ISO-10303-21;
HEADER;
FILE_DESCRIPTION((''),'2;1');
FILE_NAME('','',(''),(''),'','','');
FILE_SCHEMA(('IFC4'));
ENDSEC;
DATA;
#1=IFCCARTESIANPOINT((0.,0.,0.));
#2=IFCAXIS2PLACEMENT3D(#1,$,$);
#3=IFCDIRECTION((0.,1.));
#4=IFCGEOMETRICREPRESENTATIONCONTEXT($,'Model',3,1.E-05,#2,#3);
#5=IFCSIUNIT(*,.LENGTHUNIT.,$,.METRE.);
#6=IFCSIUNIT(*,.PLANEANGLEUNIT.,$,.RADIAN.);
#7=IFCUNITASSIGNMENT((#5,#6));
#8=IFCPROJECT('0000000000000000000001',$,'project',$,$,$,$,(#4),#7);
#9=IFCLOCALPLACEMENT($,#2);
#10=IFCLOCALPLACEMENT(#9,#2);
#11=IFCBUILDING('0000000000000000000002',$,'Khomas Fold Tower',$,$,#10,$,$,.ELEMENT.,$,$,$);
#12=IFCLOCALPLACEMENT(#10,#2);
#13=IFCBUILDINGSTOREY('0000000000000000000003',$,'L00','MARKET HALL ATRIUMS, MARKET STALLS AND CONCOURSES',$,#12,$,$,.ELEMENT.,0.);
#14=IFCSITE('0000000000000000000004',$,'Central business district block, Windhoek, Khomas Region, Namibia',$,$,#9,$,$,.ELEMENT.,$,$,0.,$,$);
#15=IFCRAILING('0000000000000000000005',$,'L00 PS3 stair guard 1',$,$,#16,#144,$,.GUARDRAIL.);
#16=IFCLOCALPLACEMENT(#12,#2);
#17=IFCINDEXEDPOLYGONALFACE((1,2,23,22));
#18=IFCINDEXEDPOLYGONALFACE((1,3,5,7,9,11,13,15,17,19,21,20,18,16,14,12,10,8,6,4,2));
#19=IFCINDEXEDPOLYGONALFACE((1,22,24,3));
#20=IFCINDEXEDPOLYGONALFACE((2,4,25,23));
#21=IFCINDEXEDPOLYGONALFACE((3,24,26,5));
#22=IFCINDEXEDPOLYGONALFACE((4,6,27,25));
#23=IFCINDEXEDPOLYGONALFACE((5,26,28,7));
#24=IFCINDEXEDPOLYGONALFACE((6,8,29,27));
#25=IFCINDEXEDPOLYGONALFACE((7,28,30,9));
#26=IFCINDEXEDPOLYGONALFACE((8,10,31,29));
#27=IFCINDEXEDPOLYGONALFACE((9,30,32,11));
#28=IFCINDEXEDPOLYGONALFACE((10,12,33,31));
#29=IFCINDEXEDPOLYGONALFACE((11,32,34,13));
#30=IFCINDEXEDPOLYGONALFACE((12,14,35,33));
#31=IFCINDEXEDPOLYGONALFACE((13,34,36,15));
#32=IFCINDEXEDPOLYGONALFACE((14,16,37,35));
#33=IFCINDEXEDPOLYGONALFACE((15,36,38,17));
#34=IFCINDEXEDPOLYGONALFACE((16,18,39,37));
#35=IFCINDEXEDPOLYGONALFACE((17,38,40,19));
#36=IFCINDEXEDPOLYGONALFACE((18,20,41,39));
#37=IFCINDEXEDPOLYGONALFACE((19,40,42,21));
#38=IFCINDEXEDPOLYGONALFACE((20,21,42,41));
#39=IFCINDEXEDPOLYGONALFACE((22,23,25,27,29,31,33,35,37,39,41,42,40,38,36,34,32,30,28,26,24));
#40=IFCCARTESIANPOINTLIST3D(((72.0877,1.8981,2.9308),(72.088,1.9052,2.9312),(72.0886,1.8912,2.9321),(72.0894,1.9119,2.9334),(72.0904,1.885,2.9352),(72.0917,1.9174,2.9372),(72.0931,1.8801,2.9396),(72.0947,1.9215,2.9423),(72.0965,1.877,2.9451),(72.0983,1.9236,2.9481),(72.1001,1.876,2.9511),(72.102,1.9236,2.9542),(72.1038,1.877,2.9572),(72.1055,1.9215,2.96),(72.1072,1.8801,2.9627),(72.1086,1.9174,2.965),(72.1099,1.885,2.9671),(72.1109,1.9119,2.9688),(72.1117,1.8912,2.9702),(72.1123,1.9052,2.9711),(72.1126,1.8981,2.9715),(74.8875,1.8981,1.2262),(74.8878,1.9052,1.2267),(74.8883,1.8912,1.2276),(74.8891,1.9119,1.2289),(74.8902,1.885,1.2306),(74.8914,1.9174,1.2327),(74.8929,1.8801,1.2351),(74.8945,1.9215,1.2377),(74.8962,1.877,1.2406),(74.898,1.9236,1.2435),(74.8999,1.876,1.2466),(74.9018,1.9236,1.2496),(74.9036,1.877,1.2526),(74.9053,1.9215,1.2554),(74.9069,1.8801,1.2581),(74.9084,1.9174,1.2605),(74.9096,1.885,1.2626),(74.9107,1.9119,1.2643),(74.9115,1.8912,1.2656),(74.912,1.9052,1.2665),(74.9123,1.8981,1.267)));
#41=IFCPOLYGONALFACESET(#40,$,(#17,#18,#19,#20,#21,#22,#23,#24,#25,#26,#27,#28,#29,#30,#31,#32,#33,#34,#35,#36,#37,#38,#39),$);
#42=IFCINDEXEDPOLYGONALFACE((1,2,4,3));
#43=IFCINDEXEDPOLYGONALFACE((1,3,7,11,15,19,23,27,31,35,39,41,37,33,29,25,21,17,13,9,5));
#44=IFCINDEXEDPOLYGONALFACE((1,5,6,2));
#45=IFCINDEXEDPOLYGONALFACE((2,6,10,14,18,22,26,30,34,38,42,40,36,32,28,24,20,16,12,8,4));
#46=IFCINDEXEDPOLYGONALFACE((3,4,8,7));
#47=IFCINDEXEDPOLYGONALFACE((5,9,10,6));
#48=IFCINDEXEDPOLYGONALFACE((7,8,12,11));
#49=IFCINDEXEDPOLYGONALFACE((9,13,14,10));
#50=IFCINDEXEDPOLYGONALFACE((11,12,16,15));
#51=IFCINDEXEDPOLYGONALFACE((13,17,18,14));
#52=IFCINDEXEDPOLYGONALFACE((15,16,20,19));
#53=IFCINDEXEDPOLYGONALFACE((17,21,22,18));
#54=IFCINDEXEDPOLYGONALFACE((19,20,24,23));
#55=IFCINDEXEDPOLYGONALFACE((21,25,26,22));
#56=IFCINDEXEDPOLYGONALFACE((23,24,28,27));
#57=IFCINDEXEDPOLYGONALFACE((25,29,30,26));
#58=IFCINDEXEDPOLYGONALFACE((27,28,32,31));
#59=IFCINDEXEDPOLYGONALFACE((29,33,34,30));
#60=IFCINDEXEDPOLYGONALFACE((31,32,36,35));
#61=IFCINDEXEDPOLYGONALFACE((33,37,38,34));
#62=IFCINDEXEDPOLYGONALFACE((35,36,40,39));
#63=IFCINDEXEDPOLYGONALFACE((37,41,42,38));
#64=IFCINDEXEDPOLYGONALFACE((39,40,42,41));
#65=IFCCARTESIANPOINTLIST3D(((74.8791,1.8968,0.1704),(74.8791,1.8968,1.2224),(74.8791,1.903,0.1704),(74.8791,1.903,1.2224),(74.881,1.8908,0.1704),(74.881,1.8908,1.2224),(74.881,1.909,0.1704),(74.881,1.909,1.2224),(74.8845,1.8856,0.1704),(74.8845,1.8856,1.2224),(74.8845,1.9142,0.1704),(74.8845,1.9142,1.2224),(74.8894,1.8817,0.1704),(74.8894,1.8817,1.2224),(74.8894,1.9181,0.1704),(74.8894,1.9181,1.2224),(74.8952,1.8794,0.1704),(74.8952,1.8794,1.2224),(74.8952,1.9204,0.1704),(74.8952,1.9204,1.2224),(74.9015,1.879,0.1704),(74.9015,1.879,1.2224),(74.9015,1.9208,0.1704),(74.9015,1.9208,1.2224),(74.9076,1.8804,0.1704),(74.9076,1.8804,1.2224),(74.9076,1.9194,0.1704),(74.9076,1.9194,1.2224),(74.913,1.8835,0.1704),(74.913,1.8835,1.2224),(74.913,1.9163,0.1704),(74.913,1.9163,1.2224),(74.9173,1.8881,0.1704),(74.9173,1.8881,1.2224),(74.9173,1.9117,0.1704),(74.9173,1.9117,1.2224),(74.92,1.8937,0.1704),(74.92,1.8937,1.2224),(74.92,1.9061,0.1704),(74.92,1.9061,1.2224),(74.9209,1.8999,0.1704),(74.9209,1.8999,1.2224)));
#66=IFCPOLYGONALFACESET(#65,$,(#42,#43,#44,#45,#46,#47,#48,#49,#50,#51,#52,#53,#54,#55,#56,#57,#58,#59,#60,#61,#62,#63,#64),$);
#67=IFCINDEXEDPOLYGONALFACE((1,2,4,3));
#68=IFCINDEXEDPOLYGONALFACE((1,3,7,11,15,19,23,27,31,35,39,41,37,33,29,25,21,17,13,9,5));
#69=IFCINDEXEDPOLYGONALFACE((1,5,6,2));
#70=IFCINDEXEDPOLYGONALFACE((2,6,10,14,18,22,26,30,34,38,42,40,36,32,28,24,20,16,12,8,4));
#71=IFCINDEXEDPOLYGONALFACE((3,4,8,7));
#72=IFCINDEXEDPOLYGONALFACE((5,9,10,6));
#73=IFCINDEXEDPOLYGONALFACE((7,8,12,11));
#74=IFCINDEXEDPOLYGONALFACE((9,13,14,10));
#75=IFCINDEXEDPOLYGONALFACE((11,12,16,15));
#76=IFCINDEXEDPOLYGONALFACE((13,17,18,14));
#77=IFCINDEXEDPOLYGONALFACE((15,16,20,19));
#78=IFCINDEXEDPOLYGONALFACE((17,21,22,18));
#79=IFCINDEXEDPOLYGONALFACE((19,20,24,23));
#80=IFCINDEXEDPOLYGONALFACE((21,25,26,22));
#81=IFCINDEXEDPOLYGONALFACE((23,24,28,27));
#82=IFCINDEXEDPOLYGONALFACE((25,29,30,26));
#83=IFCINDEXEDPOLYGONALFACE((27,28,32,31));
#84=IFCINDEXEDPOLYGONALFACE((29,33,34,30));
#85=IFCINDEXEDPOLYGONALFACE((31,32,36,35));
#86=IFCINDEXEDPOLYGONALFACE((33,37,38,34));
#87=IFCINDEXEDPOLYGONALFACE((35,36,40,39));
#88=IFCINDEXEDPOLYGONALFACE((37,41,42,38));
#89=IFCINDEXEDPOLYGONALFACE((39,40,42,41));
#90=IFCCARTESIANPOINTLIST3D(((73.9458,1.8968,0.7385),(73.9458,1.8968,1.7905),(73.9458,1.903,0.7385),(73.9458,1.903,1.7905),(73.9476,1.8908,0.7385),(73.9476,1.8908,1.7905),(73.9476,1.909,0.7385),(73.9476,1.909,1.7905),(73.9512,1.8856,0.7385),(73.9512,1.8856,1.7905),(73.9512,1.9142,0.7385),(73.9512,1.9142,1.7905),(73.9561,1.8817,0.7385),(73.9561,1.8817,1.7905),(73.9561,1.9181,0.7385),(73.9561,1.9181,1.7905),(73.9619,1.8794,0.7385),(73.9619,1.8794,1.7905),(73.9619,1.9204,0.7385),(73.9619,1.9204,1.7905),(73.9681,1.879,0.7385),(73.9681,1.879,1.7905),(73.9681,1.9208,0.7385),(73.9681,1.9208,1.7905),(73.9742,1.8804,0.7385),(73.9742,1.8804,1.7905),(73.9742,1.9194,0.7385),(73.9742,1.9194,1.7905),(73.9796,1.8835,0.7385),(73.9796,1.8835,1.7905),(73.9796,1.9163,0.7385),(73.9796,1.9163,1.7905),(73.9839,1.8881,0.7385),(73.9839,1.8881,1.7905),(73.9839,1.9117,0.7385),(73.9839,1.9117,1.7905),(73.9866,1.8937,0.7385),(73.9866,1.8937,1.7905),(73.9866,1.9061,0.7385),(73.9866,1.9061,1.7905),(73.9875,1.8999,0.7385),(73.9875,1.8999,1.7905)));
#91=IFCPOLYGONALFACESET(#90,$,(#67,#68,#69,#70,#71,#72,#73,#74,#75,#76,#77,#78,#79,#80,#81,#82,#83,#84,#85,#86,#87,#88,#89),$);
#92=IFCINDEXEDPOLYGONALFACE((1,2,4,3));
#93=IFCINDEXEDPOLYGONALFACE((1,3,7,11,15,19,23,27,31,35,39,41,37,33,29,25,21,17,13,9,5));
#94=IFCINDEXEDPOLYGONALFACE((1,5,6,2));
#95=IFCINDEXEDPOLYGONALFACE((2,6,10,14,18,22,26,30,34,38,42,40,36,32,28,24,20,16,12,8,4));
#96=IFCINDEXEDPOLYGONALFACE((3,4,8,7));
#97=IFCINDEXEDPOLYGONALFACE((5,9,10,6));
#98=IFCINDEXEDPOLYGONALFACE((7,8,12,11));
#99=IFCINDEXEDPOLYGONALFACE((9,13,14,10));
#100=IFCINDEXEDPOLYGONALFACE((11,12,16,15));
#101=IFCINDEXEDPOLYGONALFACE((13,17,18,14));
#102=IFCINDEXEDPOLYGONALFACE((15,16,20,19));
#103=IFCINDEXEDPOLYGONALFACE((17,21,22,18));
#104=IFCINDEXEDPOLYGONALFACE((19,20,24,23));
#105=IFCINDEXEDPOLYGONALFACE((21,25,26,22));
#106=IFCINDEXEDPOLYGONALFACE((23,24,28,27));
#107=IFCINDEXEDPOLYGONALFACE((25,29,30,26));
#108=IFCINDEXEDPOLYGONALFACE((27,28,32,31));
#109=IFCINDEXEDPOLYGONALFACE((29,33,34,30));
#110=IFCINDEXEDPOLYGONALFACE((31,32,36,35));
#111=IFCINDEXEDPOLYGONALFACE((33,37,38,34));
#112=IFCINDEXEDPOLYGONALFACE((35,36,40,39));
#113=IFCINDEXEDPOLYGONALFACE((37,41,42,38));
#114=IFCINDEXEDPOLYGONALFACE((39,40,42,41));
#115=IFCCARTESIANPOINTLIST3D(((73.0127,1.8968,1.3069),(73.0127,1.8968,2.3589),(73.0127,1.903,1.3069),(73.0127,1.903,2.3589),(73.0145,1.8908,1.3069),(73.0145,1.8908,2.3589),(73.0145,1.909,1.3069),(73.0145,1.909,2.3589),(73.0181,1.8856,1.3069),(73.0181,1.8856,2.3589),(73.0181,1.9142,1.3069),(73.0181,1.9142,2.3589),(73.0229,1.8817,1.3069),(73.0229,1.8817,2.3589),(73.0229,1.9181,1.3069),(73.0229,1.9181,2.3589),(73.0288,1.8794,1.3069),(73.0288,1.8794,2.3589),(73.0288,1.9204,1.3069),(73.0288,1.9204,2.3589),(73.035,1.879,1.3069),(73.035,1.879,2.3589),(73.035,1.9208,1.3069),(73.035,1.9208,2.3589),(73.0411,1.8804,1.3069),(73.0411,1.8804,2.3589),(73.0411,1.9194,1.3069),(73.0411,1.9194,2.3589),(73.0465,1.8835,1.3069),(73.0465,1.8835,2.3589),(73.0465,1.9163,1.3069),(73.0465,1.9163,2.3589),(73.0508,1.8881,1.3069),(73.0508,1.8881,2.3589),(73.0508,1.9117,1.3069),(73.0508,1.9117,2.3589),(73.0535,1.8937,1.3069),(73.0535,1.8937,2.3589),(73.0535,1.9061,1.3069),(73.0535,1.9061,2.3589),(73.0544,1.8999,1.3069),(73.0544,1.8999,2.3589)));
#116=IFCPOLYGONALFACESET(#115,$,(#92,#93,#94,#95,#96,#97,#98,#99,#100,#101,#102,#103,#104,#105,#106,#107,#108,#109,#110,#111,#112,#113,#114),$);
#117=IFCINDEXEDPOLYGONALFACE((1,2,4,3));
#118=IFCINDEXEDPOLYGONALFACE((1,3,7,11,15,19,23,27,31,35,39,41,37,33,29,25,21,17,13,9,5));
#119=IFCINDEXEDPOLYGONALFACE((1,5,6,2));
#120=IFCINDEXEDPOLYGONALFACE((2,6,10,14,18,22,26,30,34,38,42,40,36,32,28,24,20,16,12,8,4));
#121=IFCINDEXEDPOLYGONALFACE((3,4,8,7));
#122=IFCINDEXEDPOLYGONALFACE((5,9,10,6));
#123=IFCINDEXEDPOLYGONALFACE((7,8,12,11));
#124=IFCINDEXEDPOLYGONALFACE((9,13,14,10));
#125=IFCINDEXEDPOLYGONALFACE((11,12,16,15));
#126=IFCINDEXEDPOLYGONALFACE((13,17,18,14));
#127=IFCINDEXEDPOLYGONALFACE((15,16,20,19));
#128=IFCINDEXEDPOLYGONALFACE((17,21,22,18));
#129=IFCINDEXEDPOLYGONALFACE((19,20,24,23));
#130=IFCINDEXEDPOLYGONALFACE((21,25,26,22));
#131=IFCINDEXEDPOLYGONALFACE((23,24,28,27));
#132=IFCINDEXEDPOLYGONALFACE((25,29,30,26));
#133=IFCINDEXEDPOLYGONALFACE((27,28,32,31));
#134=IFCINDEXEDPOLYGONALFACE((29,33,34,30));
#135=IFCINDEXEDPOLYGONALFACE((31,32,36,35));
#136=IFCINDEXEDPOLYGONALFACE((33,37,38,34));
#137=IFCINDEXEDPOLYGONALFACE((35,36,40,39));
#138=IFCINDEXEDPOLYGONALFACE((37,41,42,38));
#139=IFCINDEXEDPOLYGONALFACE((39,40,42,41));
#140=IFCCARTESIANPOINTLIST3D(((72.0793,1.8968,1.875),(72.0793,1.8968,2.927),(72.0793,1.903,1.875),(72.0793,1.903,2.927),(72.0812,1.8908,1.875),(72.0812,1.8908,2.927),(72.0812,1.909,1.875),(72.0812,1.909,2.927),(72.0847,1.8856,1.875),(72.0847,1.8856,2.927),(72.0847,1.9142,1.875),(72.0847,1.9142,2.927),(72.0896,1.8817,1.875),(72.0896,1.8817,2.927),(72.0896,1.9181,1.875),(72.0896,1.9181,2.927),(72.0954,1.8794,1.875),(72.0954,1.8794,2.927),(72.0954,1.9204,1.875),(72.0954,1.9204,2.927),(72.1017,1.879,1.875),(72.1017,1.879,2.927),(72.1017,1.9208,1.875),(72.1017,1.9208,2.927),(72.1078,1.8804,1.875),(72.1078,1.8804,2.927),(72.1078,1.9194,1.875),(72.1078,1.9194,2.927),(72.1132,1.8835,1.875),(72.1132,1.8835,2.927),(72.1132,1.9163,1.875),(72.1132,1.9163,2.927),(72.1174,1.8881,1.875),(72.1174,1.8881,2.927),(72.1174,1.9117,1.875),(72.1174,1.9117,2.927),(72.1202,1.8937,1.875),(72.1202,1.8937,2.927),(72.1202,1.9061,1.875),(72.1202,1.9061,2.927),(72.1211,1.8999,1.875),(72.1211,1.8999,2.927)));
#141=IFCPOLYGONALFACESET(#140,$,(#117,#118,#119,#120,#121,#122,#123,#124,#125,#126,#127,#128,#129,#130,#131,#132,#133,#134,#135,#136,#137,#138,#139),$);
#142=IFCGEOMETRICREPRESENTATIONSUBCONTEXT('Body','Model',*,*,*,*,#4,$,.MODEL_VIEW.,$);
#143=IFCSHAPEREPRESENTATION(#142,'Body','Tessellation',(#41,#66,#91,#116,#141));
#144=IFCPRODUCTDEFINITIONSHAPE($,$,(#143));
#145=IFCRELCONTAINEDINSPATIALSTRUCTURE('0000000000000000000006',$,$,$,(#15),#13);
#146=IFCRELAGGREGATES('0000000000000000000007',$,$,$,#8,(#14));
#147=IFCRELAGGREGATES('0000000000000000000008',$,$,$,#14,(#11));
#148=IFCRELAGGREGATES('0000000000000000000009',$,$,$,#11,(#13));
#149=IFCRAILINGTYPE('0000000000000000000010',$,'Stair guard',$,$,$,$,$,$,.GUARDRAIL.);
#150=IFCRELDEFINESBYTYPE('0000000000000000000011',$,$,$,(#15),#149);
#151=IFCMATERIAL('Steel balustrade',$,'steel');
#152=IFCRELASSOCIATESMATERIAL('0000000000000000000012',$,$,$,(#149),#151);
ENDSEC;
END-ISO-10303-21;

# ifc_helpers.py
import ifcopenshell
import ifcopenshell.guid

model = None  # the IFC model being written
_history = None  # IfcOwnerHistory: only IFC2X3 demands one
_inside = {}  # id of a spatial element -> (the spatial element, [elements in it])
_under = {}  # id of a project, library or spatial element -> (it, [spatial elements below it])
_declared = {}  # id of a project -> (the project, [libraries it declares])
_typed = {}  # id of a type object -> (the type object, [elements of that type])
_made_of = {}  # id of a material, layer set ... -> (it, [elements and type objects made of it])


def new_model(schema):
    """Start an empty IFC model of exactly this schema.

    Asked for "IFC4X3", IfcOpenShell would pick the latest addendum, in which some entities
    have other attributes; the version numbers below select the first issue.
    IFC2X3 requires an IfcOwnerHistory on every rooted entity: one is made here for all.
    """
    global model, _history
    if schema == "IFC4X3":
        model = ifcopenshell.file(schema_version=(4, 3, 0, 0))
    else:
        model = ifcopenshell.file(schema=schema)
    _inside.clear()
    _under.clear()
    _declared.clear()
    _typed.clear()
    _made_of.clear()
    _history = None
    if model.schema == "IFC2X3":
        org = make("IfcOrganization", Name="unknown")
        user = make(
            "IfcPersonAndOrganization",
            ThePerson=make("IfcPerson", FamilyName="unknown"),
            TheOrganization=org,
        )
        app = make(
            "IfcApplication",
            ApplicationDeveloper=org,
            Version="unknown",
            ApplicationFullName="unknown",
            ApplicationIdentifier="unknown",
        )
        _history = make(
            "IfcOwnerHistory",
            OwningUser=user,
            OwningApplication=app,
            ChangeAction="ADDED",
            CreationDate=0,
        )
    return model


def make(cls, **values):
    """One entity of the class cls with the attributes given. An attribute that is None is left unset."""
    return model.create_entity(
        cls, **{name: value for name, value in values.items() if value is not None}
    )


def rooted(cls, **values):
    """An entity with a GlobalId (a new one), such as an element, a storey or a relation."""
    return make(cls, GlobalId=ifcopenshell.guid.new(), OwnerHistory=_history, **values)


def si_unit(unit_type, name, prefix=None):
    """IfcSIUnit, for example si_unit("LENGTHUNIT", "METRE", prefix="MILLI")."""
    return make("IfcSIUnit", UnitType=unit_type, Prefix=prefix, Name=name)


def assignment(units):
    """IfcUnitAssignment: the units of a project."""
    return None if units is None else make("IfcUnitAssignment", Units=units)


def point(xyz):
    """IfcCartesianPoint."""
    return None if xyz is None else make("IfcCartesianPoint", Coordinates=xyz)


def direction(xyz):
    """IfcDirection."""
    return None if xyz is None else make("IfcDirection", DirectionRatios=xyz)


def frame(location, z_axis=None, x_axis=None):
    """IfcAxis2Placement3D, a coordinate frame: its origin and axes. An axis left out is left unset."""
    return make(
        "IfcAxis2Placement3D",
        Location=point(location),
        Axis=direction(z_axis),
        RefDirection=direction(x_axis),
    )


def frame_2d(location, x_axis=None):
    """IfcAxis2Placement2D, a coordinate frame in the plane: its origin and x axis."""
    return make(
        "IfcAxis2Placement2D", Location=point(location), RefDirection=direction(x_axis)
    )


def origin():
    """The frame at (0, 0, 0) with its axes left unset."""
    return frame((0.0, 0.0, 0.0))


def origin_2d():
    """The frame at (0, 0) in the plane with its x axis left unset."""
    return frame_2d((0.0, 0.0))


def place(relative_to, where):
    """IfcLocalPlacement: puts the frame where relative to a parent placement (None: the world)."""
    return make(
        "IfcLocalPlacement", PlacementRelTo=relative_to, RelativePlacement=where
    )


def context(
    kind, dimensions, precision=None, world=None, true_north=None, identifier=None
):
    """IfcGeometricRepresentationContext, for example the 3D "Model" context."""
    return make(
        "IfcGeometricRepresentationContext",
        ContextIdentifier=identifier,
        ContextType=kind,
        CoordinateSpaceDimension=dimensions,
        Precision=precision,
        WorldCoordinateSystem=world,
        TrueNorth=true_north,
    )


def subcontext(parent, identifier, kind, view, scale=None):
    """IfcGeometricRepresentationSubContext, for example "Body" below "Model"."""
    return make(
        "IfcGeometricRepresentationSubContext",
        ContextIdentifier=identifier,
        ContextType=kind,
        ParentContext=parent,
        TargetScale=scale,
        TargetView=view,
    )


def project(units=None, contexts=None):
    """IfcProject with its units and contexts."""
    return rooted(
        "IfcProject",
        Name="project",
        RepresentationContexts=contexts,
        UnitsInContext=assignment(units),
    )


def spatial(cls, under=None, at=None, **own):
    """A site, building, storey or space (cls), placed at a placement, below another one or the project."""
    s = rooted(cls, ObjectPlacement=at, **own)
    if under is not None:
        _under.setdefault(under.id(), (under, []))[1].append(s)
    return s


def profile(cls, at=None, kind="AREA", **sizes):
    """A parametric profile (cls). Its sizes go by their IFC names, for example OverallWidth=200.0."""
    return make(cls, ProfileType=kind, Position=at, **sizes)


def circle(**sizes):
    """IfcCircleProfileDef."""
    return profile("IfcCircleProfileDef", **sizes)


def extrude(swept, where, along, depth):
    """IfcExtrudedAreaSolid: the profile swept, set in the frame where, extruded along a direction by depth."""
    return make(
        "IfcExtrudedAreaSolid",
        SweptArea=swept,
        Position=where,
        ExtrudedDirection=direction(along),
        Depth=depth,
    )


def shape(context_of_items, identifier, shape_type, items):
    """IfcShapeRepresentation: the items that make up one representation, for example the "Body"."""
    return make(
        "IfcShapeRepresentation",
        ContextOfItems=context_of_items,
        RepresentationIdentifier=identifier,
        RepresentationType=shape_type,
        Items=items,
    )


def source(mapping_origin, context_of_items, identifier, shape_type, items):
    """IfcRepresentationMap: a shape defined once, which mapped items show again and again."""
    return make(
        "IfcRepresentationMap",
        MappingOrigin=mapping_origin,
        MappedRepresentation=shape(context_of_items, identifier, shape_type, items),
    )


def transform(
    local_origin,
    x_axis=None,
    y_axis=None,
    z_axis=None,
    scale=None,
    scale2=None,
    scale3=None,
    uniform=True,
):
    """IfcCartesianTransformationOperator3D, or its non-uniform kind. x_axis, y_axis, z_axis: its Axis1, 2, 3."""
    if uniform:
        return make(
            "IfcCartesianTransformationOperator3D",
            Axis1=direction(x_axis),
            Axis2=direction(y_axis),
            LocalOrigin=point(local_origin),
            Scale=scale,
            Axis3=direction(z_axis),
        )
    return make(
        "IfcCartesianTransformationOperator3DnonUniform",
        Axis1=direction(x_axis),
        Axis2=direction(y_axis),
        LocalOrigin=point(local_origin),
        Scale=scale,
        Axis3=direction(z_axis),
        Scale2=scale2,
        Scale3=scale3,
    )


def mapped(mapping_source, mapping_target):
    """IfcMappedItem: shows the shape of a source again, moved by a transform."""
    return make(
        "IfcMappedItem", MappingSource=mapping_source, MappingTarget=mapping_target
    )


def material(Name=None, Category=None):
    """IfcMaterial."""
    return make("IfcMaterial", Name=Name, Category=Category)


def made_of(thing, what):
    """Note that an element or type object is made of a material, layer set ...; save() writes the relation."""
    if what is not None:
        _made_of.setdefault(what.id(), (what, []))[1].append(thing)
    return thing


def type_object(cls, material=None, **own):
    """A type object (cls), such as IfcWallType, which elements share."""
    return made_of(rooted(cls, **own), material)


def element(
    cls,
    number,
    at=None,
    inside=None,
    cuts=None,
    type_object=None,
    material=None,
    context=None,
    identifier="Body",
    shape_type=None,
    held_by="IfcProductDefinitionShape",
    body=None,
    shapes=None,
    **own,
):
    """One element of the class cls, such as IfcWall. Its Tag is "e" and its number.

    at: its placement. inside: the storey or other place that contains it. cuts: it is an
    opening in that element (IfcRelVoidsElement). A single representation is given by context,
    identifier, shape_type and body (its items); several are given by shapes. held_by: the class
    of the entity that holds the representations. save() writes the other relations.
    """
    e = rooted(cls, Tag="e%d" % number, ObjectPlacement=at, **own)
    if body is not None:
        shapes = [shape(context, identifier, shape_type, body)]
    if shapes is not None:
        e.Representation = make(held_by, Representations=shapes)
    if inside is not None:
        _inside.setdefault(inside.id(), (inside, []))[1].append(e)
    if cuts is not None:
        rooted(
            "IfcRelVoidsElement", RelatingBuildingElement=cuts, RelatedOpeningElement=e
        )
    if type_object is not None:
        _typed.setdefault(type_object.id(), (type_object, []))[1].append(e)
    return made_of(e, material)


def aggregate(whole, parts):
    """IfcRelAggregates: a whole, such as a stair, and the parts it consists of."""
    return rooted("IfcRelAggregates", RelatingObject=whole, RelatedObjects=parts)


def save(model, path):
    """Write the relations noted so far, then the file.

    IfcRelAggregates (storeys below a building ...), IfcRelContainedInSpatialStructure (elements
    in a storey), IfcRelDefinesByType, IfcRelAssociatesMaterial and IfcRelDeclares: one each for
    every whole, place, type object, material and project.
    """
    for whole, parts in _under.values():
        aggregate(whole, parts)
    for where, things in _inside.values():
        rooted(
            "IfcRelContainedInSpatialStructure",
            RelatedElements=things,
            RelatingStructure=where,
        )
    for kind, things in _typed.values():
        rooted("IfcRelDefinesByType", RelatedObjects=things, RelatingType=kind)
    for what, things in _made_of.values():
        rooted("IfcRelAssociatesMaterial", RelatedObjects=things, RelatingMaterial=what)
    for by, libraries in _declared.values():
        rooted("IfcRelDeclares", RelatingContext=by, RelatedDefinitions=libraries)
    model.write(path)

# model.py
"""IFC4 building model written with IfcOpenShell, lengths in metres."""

from ifc_helpers import new_model, si_unit, direction, frame, origin, origin_2d, place, context, subcontext, project, spatial, circle, extrude, source, transform, mapped, material, type_object, element, save


model = new_model("IFC4")

# Units and contexts
model_context = context("Model", 3, precision=1e-05, world=origin(), true_north=direction((0.0, 1.0)))
body_context = subcontext(model_context, "Body", "Model", "MODEL_VIEW")
ifc_project = project(units=[si_unit("LENGTHUNIT", "METRE"), si_unit("PLANEANGLEUNIT", "RADIAN")], contexts=[model_context])

# Site, building, storey
site_placement = place(None, origin())
site = spatial("IfcSite", under=ifc_project, at=site_placement, Name="Central business district block, Windhoek, Khomas Region, Namibia", CompositionType="ELEMENT", RefElevation=0.0)
building_placement = place(site_placement, origin())
building = spatial("IfcBuilding", under=site, at=building_placement, Name="Khomas Fold Tower", CompositionType="ELEMENT")
storey_placement = place(building_placement, origin())
storey = spatial("IfcBuildingStorey", under=building, at=storey_placement, Name="L00", Description="MARKET HALL ATRIUMS, MARKET STALLS AND CONCOURSES", CompositionType="ELEMENT", Elevation=0.0)

# Railing
ifc_material_1 = material(Name="Steel balustrade", Category="steel")
railing_type_1 = type_object("IfcRailingType", Name="Stair guard", PredefinedType="GUARDRAIL", material=ifc_material_1)
shared_shape_1 = source(origin(), body_context, "Body", "SweptSolid", [
    extrude(circle(Radius=0.0239, at=origin_2d()), frame((0.0, 0.0, 1.0762), z_axis=(-0.85415, 0.0, 0.520027), x_axis=(0.0, -1.0, 0.0)), (0.0, 0.0, 1.0), 3.2778),
    extrude(circle(Radius=0.021, at=origin_2d()), origin(), (0.0, 0.0, 1.0), 1.052),
    extrude(circle(Radius=0.021, at=origin_2d()), frame((-0.9333, 0.0, 0.5681)), (0.0, 0.0, 1.0), 1.052),
    extrude(circle(Radius=0.021, at=origin_2d()), frame((-1.8665, 0.0, 1.1365)), (0.0, 0.0, 1.0), 1.052),
    extrude(circle(Radius=0.021, at=origin_2d()), frame((-2.7998, 0.0, 1.7046)), (0.0, 0.0, 1.0), 1.052),
])
for number, where, name in (
    (1, (74.8999, 1.8999, 0.1704), "L00 PS3 stair guard 1"),
):
    element("IfcRailing", number, at=place(storey_placement, frame(where)), inside=storey, type_object=railing_type_1, Name=name, PredefinedType="GUARDRAIL", context=body_context, shape_type="MappedRepresentation", body=[
        mapped(shared_shape_1, transform((0.0, 0.0, 0.0))),
    ])

save(model, "model.ifc")
